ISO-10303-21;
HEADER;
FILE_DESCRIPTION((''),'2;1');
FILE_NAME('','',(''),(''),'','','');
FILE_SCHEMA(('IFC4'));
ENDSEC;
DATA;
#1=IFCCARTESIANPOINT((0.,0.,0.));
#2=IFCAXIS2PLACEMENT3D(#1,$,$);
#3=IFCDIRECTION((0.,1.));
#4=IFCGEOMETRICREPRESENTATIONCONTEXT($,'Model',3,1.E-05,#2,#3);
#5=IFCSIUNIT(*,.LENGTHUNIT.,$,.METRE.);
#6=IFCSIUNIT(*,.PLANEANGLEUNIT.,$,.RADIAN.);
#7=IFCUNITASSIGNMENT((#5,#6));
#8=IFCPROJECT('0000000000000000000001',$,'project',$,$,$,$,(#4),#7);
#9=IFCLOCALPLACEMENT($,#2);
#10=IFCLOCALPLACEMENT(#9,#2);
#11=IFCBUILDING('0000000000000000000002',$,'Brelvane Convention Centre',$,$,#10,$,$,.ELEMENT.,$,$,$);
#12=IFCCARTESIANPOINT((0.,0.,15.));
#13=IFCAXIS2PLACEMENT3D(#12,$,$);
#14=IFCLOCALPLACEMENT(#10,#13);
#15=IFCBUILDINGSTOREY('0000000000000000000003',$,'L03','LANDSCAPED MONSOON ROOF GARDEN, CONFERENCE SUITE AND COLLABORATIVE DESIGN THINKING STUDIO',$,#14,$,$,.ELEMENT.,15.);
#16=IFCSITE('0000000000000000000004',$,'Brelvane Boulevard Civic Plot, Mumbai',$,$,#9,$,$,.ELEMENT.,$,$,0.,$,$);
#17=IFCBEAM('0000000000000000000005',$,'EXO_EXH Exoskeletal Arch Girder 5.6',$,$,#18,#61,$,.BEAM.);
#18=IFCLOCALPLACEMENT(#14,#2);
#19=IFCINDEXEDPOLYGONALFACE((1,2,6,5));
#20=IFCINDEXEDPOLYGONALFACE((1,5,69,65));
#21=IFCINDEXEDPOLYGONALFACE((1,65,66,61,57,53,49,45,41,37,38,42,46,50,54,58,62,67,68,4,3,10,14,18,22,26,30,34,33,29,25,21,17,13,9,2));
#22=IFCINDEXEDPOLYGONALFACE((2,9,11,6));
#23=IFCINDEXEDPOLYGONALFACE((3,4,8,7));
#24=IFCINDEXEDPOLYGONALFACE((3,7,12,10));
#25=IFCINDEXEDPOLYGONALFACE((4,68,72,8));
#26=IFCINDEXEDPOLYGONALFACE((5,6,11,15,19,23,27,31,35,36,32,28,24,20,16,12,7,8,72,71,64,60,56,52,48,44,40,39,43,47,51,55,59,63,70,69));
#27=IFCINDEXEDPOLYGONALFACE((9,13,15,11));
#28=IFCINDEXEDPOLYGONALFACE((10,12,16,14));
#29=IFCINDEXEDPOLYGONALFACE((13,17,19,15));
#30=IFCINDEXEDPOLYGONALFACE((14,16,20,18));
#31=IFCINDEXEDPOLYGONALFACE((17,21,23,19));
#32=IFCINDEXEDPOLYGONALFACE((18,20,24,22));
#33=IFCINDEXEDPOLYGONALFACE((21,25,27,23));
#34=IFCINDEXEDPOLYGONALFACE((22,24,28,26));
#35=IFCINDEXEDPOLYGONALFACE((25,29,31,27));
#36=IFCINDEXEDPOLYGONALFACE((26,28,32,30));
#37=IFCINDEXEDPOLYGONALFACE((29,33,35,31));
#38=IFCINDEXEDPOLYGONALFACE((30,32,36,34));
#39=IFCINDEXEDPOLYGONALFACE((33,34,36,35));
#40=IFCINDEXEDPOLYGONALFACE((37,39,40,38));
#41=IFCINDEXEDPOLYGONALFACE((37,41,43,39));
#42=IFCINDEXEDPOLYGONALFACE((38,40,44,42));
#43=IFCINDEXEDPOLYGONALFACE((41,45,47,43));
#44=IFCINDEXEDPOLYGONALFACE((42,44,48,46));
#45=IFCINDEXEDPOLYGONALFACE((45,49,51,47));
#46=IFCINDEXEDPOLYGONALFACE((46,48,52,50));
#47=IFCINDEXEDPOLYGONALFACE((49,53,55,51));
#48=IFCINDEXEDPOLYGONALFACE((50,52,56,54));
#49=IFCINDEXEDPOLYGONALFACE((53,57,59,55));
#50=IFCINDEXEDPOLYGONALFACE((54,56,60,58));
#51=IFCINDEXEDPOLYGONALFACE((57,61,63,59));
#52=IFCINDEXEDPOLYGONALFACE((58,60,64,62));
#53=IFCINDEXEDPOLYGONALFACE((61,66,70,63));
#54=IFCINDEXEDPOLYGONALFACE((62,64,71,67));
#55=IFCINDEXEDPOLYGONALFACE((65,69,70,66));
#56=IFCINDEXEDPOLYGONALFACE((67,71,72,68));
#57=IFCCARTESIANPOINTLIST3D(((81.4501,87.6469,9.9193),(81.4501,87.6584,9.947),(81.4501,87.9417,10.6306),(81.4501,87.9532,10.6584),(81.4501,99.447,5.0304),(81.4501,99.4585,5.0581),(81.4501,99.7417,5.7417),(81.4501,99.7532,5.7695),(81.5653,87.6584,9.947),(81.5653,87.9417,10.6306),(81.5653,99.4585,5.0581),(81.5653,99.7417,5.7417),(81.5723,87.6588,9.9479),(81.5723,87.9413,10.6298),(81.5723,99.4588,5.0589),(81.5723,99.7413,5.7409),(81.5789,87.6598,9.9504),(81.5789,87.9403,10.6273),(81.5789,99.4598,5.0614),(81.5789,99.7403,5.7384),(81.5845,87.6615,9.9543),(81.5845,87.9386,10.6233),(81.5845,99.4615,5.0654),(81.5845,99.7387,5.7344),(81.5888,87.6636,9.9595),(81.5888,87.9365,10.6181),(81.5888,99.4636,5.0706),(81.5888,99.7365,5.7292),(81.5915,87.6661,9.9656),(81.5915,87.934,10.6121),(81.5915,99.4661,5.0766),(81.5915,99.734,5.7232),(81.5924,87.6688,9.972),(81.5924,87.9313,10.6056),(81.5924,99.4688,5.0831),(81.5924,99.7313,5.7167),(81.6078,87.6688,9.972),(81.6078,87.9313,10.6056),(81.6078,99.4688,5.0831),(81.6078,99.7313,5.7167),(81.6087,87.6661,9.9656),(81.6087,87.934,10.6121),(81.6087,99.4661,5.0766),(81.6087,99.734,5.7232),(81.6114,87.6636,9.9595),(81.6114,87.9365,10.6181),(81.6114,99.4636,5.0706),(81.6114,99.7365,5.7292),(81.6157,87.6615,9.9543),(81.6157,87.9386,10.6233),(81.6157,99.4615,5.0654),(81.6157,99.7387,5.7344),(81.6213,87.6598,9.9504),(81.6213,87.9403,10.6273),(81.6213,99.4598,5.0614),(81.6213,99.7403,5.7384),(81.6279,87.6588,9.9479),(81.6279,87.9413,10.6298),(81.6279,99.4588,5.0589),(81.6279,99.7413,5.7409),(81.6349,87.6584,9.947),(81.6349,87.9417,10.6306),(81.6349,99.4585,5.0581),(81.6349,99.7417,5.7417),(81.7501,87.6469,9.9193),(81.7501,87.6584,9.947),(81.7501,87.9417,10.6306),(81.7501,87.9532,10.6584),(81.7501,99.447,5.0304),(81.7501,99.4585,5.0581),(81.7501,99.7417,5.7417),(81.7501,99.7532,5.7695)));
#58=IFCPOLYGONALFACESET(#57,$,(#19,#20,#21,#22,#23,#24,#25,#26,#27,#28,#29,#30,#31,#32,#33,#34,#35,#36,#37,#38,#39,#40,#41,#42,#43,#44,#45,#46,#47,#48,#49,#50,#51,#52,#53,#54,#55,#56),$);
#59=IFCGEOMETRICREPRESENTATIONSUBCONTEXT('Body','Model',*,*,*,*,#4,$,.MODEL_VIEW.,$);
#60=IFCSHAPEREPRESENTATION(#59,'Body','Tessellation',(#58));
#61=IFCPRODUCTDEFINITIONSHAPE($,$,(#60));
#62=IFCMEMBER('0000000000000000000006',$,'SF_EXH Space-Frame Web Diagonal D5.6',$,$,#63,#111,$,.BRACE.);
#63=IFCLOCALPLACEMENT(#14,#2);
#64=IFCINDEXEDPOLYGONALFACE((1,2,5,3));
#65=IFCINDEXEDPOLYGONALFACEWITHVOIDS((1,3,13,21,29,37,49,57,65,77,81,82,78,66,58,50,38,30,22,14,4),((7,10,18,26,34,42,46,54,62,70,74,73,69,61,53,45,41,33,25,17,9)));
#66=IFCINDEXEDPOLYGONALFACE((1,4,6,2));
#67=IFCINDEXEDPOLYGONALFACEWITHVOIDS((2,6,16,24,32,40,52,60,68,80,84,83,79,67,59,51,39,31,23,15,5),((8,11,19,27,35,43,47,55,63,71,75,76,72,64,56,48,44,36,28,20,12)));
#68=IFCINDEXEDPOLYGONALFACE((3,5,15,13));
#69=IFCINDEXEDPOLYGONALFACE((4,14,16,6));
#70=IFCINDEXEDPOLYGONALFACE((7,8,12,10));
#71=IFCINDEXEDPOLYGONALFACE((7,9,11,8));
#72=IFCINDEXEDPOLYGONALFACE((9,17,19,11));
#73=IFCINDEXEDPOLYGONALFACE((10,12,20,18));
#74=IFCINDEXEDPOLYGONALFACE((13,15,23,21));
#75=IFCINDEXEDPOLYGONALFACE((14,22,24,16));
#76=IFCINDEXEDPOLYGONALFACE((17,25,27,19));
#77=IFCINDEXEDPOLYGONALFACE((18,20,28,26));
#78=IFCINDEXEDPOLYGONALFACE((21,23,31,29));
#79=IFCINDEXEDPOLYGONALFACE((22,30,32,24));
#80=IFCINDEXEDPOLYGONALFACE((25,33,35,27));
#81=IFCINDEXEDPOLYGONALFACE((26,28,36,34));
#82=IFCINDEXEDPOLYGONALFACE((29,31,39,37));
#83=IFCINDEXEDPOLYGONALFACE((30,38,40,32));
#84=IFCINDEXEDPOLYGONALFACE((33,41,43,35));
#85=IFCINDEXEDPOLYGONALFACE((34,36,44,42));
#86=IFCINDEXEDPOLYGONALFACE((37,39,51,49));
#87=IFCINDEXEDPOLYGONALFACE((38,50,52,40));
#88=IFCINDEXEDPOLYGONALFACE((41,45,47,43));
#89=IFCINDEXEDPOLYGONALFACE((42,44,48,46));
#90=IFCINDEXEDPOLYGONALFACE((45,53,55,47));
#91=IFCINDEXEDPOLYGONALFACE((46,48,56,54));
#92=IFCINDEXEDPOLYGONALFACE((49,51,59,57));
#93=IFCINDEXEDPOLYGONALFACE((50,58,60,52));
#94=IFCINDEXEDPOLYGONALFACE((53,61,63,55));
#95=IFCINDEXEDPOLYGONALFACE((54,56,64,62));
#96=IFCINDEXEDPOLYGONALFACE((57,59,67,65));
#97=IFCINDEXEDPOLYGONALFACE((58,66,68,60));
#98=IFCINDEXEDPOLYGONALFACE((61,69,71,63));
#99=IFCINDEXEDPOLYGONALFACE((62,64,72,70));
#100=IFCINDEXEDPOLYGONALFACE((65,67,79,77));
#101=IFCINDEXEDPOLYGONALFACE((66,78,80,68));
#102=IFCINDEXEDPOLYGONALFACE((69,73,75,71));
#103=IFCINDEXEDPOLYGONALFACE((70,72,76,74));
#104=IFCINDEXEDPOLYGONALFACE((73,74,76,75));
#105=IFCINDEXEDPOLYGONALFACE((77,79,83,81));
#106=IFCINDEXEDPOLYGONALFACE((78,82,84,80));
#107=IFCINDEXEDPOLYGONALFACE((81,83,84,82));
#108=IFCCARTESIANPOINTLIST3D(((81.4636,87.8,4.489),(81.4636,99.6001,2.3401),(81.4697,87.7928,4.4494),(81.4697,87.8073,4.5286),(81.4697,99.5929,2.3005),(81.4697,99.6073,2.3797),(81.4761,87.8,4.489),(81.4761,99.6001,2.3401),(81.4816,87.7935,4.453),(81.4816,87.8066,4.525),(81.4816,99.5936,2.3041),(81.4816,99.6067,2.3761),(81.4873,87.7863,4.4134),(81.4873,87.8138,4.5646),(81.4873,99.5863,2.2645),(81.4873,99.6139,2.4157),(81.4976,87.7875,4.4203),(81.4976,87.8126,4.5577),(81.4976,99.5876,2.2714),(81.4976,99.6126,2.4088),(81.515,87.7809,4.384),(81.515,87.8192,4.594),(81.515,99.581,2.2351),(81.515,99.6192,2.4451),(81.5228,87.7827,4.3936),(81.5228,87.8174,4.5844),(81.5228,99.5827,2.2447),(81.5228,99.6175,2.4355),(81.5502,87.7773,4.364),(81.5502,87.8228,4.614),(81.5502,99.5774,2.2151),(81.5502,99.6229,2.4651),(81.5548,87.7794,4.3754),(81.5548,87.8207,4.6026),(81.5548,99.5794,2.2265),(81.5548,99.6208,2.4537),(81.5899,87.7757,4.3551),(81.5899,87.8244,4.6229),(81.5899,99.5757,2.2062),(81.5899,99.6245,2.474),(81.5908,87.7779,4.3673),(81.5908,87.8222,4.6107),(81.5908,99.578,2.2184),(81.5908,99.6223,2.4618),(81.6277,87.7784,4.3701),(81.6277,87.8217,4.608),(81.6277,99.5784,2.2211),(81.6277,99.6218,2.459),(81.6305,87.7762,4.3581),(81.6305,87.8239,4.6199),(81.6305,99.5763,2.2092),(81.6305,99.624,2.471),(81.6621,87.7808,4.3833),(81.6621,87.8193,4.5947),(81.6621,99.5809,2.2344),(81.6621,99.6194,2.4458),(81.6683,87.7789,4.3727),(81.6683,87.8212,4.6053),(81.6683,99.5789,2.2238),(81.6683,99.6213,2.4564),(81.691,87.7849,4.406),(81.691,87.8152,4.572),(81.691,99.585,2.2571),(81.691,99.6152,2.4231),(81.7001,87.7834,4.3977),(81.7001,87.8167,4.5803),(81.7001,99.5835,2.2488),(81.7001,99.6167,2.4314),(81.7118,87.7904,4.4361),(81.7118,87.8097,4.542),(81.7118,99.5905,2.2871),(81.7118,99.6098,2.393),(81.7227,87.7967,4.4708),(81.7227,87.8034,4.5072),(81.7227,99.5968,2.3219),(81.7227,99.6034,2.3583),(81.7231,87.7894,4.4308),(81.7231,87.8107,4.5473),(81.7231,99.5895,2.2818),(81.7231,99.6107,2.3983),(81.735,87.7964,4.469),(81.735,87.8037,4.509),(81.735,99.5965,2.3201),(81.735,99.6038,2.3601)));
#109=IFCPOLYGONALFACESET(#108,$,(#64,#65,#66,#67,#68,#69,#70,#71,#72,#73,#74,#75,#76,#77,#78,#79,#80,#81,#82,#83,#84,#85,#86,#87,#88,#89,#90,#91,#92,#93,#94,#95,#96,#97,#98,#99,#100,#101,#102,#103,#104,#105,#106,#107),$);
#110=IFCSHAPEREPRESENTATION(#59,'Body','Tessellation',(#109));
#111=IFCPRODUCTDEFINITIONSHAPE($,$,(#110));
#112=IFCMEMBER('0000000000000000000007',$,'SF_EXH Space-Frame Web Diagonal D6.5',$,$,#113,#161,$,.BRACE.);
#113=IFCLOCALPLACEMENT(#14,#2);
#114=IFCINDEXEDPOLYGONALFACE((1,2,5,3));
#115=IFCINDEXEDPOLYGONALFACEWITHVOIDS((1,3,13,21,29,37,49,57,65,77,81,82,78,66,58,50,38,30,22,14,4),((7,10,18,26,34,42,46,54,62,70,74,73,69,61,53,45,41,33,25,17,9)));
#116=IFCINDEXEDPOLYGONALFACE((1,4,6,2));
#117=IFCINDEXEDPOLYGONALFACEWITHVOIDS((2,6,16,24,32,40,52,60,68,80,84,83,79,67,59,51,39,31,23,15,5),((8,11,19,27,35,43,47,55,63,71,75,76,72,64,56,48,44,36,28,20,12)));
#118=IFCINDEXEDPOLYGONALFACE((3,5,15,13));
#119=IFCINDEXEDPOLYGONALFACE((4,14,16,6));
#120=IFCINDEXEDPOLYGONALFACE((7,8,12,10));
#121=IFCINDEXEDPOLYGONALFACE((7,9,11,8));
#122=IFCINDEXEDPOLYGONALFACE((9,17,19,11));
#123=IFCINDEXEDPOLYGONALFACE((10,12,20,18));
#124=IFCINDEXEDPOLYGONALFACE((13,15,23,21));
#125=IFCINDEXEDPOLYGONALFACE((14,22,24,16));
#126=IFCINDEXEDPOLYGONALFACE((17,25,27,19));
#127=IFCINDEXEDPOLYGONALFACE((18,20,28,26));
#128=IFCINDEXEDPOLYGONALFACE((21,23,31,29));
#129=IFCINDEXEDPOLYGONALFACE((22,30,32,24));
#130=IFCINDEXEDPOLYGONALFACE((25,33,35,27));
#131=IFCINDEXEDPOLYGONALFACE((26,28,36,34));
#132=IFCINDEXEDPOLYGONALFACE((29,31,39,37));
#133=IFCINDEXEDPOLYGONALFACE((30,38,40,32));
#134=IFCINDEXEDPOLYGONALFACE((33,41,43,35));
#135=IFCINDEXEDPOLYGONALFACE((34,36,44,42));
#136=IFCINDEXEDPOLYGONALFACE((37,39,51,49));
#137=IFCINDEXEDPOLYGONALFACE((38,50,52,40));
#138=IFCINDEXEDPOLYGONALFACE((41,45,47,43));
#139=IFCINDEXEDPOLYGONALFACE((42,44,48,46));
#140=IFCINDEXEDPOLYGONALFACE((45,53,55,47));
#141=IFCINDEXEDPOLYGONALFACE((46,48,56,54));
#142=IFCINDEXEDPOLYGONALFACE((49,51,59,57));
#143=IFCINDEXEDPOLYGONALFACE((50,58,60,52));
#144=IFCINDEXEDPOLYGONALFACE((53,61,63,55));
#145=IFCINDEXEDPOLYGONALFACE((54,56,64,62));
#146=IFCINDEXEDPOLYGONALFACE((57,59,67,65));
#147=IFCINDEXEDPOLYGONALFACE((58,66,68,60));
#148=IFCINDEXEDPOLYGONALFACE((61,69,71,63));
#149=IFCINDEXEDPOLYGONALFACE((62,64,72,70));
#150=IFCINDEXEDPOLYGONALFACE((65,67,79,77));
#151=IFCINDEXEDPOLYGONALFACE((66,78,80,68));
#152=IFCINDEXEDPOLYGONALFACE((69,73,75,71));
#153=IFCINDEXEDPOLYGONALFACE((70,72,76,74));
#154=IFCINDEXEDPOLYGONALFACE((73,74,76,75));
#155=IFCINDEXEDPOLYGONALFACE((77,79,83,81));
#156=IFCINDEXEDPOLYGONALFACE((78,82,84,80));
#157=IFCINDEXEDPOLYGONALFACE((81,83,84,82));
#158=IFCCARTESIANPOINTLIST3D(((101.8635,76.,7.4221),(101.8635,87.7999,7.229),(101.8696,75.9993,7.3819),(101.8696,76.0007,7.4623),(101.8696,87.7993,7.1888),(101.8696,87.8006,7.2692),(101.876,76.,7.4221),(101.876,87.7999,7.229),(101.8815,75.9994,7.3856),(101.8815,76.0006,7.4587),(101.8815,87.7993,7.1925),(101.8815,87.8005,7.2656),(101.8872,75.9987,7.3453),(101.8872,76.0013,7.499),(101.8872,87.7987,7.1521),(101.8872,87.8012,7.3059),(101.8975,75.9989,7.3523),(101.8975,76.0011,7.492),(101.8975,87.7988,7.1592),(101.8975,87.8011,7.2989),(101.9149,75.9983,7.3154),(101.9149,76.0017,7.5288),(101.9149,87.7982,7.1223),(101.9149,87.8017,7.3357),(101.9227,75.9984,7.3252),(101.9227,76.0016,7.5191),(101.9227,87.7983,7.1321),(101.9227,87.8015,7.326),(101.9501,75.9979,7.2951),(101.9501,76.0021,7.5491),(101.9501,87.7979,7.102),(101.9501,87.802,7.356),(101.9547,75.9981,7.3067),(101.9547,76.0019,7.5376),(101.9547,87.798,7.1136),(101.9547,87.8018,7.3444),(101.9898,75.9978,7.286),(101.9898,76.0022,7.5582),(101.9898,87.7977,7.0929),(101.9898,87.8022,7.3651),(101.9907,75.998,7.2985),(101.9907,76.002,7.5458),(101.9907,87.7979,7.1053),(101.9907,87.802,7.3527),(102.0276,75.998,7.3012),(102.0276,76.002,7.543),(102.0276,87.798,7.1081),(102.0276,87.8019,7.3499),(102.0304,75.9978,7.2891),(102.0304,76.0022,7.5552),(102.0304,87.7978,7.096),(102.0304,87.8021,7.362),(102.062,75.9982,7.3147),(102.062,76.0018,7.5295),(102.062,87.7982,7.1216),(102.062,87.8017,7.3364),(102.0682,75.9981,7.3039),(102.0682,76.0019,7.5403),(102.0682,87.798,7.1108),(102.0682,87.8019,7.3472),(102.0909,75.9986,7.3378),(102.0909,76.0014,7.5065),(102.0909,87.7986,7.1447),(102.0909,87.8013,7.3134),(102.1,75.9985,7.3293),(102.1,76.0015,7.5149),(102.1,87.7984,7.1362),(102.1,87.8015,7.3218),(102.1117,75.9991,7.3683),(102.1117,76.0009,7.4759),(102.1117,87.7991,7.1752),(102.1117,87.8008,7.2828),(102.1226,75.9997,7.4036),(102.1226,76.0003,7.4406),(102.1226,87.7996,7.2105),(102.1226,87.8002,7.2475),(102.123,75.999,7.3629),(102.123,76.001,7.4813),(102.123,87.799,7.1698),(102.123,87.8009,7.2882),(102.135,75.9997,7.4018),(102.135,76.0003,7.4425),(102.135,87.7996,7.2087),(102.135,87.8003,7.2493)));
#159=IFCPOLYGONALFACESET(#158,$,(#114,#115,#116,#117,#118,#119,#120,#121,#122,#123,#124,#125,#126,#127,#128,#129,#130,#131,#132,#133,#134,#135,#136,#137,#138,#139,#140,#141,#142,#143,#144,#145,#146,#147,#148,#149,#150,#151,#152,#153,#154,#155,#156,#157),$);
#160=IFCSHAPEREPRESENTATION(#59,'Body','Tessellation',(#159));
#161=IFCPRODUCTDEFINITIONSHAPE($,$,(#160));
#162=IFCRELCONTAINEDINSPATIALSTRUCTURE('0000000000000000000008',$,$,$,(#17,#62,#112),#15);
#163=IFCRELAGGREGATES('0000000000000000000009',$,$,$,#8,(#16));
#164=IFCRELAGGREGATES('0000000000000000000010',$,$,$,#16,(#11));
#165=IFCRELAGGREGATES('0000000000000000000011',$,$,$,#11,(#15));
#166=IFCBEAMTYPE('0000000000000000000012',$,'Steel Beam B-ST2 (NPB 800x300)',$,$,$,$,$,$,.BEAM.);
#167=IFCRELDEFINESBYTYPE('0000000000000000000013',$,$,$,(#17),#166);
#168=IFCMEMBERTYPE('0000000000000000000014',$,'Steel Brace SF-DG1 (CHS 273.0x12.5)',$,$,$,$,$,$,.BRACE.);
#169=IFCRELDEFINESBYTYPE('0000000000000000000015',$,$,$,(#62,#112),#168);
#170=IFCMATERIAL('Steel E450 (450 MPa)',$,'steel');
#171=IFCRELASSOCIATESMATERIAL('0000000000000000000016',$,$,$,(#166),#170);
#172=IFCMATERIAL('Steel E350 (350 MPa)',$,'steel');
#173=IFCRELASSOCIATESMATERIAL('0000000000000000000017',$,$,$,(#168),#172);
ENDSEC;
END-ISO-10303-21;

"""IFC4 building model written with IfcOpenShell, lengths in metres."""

from ifc_helpers import new_model, si_unit, direction, frame, origin, origin_2d, place, context, subcontext, project, spatial, hollow_circle, i_section, extrude, material, material_profile, profile_set, type_object, element, save


model = new_model("IFC4")

# Units and contexts
model_context = context("Model", 3, precision=1e-05, world=origin(), true_north=direction((0.0, 1.0)))
body_context = subcontext(model_context, "Body", "Model", "MODEL_VIEW")
ifc_project = project(units=[si_unit("LENGTHUNIT", "METRE"), si_unit("PLANEANGLEUNIT", "RADIAN")], contexts=[model_context])

# Site, building, storey
site_placement = place(None, origin())
site = spatial("IfcSite", under=ifc_project, at=site_placement, Name="Brelvane Boulevard Civic Plot, Mumbai", CompositionType="ELEMENT", RefElevation=0.0)
building_placement = place(site_placement, origin())
building = spatial("IfcBuilding", under=site, at=building_placement, Name="Brelvane Convention Centre", CompositionType="ELEMENT")
storey_placement = place(building_placement, frame((0.0, 0.0, 15.0)))
storey = spatial("IfcBuildingStorey", under=building, at=storey_placement, Name="L03", Description="LANDSCAPED MONSOON ROOF GARDEN, CONFERENCE SUITE AND COLLABORATIVE DESIGN THINKING STUDIO", CompositionType="ELEMENT", Elevation=15.0)

# Beam
ifc_material_1 = material(Name="Steel E450 (450 MPa)", Category="steel")
ifc_material_profile_1 = material_profile(ifc_material_1, i_section(OverallWidth=0.3, OverallDepth=0.8, WebThickness=0.0154, FlangeThickness=0.03, FilletRadius=0.0271, at=origin_2d()), Name="NPB 800x300")
ifc_profile_set_1 = profile_set([ifc_material_profile_1], Name="Steel E450 (450 MPa)")
beam_type = type_object("IfcBeamType", Name="Steel Beam B-ST2 (NPB 800x300)", PredefinedType="BEAM", material=ifc_profile_set_1)
beam_placement = place(storey_placement, frame((81.6001, 87.8, 10.2888), z_axis=(0.0, 0.923847, -0.382762), x_axis=(-1.0, 0.0, 0.0)))
element("IfcBeam", 1, at=beam_placement, inside=storey, type_object=beam_type, Name="EXO_EXH Exoskeletal Arch Girder 5.6", PredefinedType="BEAM", context=body_context, shape_type="SweptSolid", body=[
    extrude(i_section(OverallWidth=0.3, OverallDepth=0.8, WebThickness=0.0154, FlangeThickness=0.03, FilletRadius=0.0271, at=origin_2d()), origin(), (0.0, 0.0, 1.0), 12.7727),
])

# Members
ifc_material_2 = material(Name="Steel E350 (350 MPa)", Category="steel")
ifc_material_profile_2 = material_profile(ifc_material_2, hollow_circle(Radius=0.1365, WallThickness=0.0125, at=origin_2d()), Name="CHS 273.0x12.5")
ifc_profile_set_2 = profile_set([ifc_material_profile_2], Name="Steel E350 (350 MPa)")
member_type_1 = type_object("IfcMemberType", Name="Steel Brace SF-DG1 (CHS 273.0x12.5)", PredefinedType="BRACE", material=ifc_profile_set_2)
member_1_placement = place(storey_placement, frame((81.6001, 87.8, 4.489), z_axis=(0.0, 0.983819, -0.179165), x_axis=(-1.0, 0.0, 0.0)))
element("IfcMember", 2, at=member_1_placement, inside=storey, type_object=member_type_1, Name="SF_EXH Space-Frame Web Diagonal D5.6", PredefinedType="BRACE", context=body_context, shape_type="SweptSolid", body=[
    extrude(hollow_circle(Radius=0.1365, WallThickness=0.0125, at=origin_2d()), origin(), (0.0, 0.0, 1.0), 11.9941),
])
member_2_placement = place(storey_placement, frame((102.0, 76.0, 7.4221), z_axis=(0.0, 0.999866, -0.016363), x_axis=(-1.0, 0.0, 0.0)))
element("IfcMember", 3, at=member_2_placement, inside=storey, type_object=member_type_1, Name="SF_EXH Space-Frame Web Diagonal D6.5", PredefinedType="BRACE", context=body_context, shape_type="SweptSolid", body=[
    extrude(hollow_circle(Radius=0.1365, WallThickness=0.0125, at=origin_2d()), origin(), (0.0, 0.0, 1.0), 11.8015),
])

save(model, "model.ifc")
